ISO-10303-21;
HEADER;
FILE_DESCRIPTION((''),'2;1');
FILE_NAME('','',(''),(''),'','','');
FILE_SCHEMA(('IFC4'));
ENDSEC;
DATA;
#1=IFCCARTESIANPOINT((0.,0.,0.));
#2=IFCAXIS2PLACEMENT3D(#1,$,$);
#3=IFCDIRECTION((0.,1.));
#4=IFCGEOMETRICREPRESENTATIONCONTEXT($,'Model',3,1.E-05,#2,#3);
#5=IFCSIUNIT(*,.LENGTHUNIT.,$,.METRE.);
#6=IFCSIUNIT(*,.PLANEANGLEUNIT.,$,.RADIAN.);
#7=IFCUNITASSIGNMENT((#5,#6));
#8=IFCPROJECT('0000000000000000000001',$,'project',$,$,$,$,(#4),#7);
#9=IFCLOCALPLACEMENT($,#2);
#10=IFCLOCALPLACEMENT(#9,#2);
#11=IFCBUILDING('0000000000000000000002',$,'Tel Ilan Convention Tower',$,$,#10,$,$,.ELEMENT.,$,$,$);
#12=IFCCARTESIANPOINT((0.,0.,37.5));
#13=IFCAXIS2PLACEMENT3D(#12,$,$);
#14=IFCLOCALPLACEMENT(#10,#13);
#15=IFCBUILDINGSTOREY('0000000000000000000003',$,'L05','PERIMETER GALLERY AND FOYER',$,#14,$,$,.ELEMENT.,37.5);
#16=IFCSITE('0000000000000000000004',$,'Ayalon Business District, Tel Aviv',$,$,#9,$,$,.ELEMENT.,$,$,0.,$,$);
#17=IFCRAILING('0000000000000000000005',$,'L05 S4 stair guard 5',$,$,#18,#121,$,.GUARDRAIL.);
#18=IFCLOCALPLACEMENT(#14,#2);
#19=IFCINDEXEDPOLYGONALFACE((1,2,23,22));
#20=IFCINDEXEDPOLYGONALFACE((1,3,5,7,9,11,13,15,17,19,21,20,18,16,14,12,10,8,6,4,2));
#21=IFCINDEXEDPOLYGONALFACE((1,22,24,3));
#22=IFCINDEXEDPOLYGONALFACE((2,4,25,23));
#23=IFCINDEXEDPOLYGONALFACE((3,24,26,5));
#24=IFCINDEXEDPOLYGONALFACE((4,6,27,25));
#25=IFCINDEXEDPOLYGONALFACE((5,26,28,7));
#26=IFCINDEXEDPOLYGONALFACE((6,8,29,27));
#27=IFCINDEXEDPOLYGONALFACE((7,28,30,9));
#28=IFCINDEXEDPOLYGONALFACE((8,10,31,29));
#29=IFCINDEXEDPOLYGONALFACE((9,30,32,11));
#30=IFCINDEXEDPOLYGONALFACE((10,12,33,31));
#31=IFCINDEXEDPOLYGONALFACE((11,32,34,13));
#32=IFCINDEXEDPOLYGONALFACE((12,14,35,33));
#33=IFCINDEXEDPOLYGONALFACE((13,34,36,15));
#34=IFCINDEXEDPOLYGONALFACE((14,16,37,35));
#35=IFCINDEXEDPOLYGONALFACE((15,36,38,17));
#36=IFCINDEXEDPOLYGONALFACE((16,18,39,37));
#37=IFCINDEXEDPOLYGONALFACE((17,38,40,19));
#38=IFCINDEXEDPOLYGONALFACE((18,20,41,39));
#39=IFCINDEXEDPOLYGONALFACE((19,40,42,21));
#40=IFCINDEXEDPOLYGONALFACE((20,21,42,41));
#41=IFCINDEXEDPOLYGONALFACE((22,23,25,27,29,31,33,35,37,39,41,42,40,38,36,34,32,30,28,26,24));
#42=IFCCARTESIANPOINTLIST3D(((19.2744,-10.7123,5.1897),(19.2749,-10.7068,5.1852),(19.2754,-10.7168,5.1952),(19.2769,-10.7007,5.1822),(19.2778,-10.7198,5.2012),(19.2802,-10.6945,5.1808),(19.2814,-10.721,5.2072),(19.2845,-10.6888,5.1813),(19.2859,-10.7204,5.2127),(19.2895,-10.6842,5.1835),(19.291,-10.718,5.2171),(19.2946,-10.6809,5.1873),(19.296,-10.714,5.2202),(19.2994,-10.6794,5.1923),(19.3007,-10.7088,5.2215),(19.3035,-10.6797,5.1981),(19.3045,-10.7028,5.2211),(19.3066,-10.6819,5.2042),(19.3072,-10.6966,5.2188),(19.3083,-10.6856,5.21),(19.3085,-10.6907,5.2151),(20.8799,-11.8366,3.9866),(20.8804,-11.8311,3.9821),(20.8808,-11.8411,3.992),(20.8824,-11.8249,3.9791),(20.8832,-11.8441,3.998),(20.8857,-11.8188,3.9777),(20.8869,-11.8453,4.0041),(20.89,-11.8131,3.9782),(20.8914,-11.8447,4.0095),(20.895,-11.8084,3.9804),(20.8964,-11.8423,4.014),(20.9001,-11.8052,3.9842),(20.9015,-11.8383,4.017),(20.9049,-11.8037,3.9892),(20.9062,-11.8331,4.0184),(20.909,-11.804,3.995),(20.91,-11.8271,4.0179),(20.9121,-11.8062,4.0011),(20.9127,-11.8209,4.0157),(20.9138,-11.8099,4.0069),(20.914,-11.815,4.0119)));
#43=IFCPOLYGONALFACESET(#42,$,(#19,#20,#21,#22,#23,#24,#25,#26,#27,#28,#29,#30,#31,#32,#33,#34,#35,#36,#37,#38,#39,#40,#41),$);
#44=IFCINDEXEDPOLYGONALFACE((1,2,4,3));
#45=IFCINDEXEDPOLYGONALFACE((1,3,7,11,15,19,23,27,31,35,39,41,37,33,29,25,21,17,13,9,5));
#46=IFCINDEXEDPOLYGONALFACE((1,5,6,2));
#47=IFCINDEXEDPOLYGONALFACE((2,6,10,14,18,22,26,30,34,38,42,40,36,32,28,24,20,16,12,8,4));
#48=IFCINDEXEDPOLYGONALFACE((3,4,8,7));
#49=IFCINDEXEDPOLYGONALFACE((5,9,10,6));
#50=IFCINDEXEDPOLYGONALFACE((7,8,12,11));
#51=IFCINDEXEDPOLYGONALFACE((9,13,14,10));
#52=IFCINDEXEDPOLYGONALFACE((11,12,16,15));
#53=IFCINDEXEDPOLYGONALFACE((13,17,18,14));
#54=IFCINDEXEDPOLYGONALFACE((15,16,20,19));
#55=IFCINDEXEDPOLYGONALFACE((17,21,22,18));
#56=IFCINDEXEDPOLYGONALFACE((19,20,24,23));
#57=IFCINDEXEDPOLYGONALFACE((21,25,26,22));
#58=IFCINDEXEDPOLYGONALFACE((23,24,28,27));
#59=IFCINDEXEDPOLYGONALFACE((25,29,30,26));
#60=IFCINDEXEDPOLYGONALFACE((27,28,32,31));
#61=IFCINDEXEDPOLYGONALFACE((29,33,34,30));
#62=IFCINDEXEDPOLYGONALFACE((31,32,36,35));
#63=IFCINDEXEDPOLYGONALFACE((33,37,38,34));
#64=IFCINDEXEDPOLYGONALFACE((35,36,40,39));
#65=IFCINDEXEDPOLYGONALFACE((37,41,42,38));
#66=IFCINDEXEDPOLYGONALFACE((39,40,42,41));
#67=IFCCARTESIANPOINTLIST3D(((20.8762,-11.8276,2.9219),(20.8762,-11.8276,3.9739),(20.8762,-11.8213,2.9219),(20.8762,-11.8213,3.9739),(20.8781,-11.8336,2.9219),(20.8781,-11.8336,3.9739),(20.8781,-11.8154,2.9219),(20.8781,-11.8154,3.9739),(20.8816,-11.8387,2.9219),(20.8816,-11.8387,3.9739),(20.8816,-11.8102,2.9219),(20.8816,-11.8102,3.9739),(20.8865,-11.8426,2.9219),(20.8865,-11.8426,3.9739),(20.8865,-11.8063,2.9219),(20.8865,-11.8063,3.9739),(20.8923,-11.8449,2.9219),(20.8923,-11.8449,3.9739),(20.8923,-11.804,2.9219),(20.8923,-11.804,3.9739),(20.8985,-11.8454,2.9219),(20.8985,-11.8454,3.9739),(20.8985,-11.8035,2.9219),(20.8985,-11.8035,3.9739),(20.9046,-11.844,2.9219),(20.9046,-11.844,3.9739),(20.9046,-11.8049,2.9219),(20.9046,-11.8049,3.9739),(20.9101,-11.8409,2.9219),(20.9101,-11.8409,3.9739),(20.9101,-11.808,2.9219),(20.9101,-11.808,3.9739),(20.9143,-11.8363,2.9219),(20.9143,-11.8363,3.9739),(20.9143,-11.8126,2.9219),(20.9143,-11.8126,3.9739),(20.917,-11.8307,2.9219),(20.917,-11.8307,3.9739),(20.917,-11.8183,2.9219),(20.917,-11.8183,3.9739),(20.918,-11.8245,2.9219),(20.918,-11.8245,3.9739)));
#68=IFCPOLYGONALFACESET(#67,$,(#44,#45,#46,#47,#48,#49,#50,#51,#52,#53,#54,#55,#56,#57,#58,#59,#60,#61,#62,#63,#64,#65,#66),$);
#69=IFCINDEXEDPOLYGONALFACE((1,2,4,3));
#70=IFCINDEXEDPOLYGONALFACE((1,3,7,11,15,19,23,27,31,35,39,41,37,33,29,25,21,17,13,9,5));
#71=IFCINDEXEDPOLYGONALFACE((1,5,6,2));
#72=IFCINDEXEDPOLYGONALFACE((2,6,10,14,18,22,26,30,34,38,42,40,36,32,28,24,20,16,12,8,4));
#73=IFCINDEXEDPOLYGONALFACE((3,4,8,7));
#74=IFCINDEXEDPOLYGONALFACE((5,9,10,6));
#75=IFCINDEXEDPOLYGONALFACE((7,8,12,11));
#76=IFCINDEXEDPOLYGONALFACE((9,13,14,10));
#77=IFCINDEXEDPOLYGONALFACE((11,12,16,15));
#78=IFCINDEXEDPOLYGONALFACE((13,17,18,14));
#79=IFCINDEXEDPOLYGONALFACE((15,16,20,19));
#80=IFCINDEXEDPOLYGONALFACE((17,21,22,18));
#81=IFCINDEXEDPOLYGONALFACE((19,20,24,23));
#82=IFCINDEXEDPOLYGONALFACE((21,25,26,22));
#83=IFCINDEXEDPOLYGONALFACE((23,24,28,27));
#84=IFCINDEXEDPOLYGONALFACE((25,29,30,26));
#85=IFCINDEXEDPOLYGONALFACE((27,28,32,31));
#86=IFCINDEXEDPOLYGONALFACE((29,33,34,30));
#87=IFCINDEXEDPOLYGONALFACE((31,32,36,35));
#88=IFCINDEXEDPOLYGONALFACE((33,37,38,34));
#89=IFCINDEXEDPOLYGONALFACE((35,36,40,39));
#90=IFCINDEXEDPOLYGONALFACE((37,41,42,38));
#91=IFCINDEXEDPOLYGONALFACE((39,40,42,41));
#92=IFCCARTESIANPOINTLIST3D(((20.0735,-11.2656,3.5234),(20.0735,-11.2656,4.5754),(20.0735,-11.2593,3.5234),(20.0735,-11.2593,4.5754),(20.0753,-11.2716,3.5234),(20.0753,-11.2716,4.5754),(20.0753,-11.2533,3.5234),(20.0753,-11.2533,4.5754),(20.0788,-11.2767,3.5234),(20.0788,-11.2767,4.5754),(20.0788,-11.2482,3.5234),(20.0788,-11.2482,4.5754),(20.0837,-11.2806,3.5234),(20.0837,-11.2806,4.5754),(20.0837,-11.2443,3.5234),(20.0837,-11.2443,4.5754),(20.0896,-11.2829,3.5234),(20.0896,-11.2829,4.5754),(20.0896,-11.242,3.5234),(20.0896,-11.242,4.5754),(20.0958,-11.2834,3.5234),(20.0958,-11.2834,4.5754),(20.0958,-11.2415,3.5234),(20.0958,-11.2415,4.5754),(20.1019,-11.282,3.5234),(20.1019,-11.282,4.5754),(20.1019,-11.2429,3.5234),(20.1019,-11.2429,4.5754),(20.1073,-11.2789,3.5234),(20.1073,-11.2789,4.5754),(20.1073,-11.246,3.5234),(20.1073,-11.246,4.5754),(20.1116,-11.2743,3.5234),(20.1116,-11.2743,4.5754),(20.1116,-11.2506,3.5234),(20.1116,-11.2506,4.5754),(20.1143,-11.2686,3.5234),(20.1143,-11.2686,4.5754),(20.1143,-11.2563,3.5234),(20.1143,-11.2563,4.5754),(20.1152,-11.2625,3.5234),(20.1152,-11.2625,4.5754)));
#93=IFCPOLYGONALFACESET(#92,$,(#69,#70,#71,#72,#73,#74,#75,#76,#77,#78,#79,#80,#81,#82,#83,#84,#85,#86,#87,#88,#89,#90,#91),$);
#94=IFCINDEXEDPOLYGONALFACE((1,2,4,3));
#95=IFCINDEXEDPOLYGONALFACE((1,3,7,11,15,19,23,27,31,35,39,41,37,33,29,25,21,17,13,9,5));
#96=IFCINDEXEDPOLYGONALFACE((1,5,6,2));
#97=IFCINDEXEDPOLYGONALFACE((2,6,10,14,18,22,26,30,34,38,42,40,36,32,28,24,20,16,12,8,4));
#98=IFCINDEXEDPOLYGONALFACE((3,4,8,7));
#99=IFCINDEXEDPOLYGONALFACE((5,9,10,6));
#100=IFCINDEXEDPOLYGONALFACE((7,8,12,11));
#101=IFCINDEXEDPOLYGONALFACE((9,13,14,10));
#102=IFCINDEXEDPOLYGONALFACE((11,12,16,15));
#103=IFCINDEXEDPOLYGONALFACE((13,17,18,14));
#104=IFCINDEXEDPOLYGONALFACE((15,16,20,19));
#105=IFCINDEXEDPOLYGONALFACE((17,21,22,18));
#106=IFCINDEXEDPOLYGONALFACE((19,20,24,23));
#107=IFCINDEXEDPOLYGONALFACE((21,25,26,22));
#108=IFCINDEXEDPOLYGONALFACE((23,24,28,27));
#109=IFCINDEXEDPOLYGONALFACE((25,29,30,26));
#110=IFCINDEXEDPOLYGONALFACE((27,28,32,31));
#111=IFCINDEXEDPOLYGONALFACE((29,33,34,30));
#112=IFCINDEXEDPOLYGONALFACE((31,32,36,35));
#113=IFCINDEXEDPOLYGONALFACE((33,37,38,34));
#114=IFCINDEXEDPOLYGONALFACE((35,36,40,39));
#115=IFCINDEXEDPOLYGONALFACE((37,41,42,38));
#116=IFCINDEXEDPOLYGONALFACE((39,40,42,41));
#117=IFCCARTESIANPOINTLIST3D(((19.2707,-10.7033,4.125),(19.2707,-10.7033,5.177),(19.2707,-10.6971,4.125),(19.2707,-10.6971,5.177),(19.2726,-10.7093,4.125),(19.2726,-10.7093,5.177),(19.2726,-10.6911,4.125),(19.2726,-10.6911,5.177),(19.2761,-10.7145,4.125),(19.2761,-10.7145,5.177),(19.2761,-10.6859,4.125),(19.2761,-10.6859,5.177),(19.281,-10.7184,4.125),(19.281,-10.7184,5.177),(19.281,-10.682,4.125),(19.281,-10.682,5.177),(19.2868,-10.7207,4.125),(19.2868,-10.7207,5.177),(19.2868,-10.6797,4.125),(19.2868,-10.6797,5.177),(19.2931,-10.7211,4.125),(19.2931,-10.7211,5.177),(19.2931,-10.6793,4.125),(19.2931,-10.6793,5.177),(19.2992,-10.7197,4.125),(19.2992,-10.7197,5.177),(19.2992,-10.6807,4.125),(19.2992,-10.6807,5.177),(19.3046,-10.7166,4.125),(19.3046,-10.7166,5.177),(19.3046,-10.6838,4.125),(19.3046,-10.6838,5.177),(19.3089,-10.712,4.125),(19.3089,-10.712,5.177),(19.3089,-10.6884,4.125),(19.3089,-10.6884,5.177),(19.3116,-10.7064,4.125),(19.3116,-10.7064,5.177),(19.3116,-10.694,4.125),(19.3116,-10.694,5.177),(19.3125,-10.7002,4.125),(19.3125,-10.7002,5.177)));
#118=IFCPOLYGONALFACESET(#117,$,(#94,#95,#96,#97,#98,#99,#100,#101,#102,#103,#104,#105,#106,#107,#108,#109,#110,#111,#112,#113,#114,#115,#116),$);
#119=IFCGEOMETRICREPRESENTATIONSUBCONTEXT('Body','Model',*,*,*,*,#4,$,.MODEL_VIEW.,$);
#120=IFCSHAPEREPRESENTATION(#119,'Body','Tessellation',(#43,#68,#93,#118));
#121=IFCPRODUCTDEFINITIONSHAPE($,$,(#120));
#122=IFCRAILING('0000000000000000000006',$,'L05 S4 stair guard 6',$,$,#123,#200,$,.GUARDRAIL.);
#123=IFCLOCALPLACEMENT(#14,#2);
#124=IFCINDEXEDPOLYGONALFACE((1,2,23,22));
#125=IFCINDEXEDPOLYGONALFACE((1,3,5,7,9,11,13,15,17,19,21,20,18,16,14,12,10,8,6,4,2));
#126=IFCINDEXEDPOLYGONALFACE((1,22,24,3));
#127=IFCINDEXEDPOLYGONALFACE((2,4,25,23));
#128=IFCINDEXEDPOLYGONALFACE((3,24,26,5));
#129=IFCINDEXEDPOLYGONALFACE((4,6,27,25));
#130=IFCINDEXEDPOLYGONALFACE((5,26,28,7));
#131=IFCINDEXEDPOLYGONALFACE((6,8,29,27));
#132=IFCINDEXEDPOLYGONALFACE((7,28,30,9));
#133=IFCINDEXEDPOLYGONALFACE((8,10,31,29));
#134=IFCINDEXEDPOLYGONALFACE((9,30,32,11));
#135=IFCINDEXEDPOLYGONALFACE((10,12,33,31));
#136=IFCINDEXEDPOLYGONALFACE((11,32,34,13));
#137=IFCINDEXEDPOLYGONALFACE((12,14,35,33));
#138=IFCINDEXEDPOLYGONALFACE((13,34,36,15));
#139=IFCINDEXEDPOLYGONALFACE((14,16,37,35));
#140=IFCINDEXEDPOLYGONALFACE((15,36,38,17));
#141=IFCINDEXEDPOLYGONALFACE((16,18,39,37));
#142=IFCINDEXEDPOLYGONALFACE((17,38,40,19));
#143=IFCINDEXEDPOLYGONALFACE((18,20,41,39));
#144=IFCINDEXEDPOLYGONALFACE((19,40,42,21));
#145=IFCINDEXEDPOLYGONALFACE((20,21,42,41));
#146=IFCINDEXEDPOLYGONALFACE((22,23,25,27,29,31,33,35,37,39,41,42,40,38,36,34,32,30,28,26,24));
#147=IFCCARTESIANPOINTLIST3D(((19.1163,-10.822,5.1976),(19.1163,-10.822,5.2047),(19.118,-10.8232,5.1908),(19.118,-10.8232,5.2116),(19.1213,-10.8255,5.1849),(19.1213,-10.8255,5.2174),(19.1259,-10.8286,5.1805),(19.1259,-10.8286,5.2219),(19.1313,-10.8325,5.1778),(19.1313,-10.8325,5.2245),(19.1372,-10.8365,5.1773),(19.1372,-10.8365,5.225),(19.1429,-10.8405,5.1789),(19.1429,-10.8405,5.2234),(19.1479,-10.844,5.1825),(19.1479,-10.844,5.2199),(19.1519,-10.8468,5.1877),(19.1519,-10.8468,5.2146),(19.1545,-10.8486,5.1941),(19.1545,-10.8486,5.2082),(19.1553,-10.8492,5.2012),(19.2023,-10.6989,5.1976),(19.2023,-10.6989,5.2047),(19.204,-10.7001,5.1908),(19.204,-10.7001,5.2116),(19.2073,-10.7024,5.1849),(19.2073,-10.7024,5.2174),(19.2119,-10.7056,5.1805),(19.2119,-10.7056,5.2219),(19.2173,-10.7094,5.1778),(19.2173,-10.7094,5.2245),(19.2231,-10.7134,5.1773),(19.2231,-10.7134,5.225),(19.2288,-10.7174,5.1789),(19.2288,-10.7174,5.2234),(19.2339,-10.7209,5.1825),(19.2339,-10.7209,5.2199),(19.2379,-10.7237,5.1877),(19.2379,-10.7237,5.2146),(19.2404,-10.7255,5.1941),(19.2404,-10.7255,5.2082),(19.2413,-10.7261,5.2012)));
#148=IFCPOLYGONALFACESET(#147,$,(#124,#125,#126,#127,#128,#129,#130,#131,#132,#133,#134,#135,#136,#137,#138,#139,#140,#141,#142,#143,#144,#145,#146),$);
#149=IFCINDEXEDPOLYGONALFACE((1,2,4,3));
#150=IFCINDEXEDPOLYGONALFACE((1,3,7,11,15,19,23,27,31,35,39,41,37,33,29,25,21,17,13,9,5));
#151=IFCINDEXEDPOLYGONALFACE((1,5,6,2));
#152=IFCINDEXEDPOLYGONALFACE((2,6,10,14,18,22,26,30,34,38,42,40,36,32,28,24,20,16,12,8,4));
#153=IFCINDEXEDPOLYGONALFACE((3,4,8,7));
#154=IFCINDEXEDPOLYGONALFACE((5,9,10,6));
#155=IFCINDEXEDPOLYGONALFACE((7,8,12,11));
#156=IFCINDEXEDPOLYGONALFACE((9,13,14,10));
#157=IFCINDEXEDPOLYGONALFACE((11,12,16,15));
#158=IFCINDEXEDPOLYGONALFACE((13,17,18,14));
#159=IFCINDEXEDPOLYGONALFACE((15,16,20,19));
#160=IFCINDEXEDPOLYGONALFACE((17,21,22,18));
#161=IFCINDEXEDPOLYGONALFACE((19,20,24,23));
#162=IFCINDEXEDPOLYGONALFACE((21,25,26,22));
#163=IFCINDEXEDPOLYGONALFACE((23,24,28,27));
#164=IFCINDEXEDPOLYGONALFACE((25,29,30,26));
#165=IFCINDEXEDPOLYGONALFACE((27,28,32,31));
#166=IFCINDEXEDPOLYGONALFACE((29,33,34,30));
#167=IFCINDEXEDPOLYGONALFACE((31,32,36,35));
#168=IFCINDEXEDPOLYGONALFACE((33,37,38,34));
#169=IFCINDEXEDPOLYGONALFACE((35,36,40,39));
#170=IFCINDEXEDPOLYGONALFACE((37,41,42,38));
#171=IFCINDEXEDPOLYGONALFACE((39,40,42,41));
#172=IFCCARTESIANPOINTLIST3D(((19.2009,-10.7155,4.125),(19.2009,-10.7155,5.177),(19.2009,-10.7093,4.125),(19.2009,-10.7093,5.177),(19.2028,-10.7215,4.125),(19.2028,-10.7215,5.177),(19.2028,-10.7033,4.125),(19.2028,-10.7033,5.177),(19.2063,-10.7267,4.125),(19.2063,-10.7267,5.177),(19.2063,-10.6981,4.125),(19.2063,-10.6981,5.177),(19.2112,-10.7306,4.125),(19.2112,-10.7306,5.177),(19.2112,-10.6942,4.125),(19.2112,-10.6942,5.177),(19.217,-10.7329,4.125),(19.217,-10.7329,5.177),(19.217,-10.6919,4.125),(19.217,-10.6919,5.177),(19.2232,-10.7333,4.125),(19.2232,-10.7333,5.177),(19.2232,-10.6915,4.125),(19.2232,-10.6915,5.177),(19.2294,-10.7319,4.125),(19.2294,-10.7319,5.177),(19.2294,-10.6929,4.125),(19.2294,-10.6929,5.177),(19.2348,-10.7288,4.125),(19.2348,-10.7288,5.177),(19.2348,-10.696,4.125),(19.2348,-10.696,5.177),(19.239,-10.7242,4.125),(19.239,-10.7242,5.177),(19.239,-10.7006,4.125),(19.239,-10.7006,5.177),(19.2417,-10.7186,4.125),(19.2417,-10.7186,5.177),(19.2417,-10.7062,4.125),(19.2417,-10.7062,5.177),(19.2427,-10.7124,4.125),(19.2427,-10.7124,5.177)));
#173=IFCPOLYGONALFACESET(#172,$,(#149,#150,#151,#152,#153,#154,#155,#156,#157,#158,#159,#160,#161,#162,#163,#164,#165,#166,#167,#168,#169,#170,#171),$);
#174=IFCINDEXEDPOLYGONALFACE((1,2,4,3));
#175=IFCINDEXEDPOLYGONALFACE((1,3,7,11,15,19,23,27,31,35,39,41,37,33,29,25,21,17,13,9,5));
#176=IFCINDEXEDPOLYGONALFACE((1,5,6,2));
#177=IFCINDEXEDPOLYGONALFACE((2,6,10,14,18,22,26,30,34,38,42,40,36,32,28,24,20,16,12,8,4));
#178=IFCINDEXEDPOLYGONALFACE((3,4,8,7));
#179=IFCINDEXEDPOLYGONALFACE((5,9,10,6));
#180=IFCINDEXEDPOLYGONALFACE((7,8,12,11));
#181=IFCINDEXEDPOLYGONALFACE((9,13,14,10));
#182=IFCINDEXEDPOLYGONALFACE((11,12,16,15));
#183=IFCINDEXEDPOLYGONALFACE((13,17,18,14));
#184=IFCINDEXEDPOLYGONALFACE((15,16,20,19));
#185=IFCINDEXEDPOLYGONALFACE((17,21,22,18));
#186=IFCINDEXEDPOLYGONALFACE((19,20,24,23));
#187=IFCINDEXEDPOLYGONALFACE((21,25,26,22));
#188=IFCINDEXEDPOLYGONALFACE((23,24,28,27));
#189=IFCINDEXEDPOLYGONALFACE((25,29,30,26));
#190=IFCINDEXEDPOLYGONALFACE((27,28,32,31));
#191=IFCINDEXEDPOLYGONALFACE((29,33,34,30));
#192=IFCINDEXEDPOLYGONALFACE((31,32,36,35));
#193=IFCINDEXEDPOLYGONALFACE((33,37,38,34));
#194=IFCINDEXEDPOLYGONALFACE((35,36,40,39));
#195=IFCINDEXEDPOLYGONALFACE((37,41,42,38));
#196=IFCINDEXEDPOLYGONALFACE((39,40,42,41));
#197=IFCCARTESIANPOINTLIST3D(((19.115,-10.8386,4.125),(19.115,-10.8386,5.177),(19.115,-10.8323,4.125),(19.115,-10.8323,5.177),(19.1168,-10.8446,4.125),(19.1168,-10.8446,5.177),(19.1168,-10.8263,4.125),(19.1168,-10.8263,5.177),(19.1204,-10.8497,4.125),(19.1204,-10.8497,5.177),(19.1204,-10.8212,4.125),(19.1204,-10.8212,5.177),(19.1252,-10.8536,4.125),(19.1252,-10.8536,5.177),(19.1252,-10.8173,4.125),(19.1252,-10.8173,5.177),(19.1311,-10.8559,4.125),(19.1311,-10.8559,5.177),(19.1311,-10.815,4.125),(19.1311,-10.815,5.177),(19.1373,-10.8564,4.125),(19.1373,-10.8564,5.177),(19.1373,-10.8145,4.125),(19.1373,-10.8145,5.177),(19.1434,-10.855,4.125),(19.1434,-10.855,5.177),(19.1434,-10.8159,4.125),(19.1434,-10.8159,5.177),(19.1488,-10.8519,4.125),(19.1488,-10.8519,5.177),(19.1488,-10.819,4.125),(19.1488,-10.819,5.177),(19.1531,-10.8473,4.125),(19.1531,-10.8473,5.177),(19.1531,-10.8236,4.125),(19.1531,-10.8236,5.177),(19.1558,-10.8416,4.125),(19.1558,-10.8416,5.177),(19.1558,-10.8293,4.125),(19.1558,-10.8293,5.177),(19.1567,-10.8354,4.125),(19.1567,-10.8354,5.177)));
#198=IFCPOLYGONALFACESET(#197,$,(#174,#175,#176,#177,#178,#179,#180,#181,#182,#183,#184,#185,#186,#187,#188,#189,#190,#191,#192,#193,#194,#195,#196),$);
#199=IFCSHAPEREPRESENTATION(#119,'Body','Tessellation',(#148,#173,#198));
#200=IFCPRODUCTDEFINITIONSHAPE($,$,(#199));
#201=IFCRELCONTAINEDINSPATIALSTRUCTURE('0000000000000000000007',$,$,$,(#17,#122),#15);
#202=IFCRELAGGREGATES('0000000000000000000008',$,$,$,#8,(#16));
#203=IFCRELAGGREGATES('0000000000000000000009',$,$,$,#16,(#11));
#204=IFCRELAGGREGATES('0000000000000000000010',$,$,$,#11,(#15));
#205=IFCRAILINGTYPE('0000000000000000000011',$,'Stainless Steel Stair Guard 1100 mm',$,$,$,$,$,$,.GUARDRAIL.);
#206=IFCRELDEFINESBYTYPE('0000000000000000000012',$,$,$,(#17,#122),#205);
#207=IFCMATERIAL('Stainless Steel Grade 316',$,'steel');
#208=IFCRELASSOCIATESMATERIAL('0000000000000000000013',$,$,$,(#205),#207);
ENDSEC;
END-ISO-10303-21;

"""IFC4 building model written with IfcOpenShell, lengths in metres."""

from ifc_helpers import new_model, si_unit, direction, frame, origin, origin_2d, place, context, subcontext, project, spatial, circle, extrude, material, type_object, element, save


model = new_model("IFC4")

# Units and contexts
model_context = context("Model", 3, precision=1e-05, world=origin(), true_north=direction((0.0, 1.0)))
body_context = subcontext(model_context, "Body", "Model", "MODEL_VIEW")
ifc_project = project(units=[si_unit("LENGTHUNIT", "METRE"), si_unit("PLANEANGLEUNIT", "RADIAN")], contexts=[model_context])

# Site, building, storey
site_placement = place(None, origin())
site = spatial("IfcSite", under=ifc_project, at=site_placement, Name="Ayalon Business District, Tel Aviv", CompositionType="ELEMENT", RefElevation=0.0)
building_placement = place(site_placement, origin())
building = spatial("IfcBuilding", under=site, at=building_placement, Name="Tel Ilan Convention Tower", CompositionType="ELEMENT")
storey_placement = place(building_placement, frame((0.0, 0.0, 37.5)))
storey = spatial("IfcBuildingStorey", under=building, at=storey_placement, Name="L05", Description="PERIMETER GALLERY AND FOYER", CompositionType="ELEMENT", Elevation=37.5)

# Railings
ifc_material_1 = material(Name="Stainless Steel Grade 316", Category="steel")
railing_type_1 = type_object("IfcRailingType", Name="Stainless Steel Stair Guard 1100 mm", PredefinedType="GUARDRAIL", material=ifc_material_1)
railing_1_placement = place(storey_placement, frame((20.897, -11.8245, 2.9219)))
element("IfcRailing", 1, at=railing_1_placement, inside=storey, type_object=railing_type_1, Name="L05 S4 stair guard 5", PredefinedType="GUARDRAIL", context=body_context, shape_type="SweptSolid", body=[
    extrude(circle(Radius=0.0239, at=origin_2d()), frame((0.0, 0.0, 1.0762), z_axis=(-0.698095, 0.488857, 0.523146), x_axis=(-0.573613, -0.819127, 0.0)), (0.0, 0.0, 1.0), 2.2998),
    extrude(circle(Radius=0.021, at=origin_2d()), origin(), (0.0, 0.0, 1.0), 1.052),
    extrude(circle(Radius=0.021, at=origin_2d()), frame((-0.8027, 0.562, 0.6016)), (0.0, 0.0, 1.0), 1.052),
    extrude(circle(Radius=0.021, at=origin_2d()), frame((-1.6055, 1.1243, 1.2031)), (0.0, 0.0, 1.0), 1.052),
])
railing_2_placement = place(storey_placement, frame((19.2217, -10.7124, 4.125)))
element("IfcRailing", 2, at=railing_2_placement, inside=storey, type_object=railing_type_1, Name="L05 S4 stair guard 6", PredefinedType="GUARDRAIL", context=body_context, shape_type="SweptSolid", body=[
    extrude(circle(Radius=0.0239, at=origin_2d()), frame((0.0, 0.0, 1.0762), z_axis=(-0.572589, -0.819843, 0.0), x_axis=(0.819843, -0.572589, 0.0)), (0.0, 0.0, 1.0), 0.1501),
    extrude(circle(Radius=0.021, at=origin_2d()), origin(), (0.0, 0.0, 1.0), 1.052),
    extrude(circle(Radius=0.021, at=origin_2d()), frame((-0.0859, -0.123, 0.0)), (0.0, 0.0, 1.0), 1.052),
])

save(model, "model.ifc")
